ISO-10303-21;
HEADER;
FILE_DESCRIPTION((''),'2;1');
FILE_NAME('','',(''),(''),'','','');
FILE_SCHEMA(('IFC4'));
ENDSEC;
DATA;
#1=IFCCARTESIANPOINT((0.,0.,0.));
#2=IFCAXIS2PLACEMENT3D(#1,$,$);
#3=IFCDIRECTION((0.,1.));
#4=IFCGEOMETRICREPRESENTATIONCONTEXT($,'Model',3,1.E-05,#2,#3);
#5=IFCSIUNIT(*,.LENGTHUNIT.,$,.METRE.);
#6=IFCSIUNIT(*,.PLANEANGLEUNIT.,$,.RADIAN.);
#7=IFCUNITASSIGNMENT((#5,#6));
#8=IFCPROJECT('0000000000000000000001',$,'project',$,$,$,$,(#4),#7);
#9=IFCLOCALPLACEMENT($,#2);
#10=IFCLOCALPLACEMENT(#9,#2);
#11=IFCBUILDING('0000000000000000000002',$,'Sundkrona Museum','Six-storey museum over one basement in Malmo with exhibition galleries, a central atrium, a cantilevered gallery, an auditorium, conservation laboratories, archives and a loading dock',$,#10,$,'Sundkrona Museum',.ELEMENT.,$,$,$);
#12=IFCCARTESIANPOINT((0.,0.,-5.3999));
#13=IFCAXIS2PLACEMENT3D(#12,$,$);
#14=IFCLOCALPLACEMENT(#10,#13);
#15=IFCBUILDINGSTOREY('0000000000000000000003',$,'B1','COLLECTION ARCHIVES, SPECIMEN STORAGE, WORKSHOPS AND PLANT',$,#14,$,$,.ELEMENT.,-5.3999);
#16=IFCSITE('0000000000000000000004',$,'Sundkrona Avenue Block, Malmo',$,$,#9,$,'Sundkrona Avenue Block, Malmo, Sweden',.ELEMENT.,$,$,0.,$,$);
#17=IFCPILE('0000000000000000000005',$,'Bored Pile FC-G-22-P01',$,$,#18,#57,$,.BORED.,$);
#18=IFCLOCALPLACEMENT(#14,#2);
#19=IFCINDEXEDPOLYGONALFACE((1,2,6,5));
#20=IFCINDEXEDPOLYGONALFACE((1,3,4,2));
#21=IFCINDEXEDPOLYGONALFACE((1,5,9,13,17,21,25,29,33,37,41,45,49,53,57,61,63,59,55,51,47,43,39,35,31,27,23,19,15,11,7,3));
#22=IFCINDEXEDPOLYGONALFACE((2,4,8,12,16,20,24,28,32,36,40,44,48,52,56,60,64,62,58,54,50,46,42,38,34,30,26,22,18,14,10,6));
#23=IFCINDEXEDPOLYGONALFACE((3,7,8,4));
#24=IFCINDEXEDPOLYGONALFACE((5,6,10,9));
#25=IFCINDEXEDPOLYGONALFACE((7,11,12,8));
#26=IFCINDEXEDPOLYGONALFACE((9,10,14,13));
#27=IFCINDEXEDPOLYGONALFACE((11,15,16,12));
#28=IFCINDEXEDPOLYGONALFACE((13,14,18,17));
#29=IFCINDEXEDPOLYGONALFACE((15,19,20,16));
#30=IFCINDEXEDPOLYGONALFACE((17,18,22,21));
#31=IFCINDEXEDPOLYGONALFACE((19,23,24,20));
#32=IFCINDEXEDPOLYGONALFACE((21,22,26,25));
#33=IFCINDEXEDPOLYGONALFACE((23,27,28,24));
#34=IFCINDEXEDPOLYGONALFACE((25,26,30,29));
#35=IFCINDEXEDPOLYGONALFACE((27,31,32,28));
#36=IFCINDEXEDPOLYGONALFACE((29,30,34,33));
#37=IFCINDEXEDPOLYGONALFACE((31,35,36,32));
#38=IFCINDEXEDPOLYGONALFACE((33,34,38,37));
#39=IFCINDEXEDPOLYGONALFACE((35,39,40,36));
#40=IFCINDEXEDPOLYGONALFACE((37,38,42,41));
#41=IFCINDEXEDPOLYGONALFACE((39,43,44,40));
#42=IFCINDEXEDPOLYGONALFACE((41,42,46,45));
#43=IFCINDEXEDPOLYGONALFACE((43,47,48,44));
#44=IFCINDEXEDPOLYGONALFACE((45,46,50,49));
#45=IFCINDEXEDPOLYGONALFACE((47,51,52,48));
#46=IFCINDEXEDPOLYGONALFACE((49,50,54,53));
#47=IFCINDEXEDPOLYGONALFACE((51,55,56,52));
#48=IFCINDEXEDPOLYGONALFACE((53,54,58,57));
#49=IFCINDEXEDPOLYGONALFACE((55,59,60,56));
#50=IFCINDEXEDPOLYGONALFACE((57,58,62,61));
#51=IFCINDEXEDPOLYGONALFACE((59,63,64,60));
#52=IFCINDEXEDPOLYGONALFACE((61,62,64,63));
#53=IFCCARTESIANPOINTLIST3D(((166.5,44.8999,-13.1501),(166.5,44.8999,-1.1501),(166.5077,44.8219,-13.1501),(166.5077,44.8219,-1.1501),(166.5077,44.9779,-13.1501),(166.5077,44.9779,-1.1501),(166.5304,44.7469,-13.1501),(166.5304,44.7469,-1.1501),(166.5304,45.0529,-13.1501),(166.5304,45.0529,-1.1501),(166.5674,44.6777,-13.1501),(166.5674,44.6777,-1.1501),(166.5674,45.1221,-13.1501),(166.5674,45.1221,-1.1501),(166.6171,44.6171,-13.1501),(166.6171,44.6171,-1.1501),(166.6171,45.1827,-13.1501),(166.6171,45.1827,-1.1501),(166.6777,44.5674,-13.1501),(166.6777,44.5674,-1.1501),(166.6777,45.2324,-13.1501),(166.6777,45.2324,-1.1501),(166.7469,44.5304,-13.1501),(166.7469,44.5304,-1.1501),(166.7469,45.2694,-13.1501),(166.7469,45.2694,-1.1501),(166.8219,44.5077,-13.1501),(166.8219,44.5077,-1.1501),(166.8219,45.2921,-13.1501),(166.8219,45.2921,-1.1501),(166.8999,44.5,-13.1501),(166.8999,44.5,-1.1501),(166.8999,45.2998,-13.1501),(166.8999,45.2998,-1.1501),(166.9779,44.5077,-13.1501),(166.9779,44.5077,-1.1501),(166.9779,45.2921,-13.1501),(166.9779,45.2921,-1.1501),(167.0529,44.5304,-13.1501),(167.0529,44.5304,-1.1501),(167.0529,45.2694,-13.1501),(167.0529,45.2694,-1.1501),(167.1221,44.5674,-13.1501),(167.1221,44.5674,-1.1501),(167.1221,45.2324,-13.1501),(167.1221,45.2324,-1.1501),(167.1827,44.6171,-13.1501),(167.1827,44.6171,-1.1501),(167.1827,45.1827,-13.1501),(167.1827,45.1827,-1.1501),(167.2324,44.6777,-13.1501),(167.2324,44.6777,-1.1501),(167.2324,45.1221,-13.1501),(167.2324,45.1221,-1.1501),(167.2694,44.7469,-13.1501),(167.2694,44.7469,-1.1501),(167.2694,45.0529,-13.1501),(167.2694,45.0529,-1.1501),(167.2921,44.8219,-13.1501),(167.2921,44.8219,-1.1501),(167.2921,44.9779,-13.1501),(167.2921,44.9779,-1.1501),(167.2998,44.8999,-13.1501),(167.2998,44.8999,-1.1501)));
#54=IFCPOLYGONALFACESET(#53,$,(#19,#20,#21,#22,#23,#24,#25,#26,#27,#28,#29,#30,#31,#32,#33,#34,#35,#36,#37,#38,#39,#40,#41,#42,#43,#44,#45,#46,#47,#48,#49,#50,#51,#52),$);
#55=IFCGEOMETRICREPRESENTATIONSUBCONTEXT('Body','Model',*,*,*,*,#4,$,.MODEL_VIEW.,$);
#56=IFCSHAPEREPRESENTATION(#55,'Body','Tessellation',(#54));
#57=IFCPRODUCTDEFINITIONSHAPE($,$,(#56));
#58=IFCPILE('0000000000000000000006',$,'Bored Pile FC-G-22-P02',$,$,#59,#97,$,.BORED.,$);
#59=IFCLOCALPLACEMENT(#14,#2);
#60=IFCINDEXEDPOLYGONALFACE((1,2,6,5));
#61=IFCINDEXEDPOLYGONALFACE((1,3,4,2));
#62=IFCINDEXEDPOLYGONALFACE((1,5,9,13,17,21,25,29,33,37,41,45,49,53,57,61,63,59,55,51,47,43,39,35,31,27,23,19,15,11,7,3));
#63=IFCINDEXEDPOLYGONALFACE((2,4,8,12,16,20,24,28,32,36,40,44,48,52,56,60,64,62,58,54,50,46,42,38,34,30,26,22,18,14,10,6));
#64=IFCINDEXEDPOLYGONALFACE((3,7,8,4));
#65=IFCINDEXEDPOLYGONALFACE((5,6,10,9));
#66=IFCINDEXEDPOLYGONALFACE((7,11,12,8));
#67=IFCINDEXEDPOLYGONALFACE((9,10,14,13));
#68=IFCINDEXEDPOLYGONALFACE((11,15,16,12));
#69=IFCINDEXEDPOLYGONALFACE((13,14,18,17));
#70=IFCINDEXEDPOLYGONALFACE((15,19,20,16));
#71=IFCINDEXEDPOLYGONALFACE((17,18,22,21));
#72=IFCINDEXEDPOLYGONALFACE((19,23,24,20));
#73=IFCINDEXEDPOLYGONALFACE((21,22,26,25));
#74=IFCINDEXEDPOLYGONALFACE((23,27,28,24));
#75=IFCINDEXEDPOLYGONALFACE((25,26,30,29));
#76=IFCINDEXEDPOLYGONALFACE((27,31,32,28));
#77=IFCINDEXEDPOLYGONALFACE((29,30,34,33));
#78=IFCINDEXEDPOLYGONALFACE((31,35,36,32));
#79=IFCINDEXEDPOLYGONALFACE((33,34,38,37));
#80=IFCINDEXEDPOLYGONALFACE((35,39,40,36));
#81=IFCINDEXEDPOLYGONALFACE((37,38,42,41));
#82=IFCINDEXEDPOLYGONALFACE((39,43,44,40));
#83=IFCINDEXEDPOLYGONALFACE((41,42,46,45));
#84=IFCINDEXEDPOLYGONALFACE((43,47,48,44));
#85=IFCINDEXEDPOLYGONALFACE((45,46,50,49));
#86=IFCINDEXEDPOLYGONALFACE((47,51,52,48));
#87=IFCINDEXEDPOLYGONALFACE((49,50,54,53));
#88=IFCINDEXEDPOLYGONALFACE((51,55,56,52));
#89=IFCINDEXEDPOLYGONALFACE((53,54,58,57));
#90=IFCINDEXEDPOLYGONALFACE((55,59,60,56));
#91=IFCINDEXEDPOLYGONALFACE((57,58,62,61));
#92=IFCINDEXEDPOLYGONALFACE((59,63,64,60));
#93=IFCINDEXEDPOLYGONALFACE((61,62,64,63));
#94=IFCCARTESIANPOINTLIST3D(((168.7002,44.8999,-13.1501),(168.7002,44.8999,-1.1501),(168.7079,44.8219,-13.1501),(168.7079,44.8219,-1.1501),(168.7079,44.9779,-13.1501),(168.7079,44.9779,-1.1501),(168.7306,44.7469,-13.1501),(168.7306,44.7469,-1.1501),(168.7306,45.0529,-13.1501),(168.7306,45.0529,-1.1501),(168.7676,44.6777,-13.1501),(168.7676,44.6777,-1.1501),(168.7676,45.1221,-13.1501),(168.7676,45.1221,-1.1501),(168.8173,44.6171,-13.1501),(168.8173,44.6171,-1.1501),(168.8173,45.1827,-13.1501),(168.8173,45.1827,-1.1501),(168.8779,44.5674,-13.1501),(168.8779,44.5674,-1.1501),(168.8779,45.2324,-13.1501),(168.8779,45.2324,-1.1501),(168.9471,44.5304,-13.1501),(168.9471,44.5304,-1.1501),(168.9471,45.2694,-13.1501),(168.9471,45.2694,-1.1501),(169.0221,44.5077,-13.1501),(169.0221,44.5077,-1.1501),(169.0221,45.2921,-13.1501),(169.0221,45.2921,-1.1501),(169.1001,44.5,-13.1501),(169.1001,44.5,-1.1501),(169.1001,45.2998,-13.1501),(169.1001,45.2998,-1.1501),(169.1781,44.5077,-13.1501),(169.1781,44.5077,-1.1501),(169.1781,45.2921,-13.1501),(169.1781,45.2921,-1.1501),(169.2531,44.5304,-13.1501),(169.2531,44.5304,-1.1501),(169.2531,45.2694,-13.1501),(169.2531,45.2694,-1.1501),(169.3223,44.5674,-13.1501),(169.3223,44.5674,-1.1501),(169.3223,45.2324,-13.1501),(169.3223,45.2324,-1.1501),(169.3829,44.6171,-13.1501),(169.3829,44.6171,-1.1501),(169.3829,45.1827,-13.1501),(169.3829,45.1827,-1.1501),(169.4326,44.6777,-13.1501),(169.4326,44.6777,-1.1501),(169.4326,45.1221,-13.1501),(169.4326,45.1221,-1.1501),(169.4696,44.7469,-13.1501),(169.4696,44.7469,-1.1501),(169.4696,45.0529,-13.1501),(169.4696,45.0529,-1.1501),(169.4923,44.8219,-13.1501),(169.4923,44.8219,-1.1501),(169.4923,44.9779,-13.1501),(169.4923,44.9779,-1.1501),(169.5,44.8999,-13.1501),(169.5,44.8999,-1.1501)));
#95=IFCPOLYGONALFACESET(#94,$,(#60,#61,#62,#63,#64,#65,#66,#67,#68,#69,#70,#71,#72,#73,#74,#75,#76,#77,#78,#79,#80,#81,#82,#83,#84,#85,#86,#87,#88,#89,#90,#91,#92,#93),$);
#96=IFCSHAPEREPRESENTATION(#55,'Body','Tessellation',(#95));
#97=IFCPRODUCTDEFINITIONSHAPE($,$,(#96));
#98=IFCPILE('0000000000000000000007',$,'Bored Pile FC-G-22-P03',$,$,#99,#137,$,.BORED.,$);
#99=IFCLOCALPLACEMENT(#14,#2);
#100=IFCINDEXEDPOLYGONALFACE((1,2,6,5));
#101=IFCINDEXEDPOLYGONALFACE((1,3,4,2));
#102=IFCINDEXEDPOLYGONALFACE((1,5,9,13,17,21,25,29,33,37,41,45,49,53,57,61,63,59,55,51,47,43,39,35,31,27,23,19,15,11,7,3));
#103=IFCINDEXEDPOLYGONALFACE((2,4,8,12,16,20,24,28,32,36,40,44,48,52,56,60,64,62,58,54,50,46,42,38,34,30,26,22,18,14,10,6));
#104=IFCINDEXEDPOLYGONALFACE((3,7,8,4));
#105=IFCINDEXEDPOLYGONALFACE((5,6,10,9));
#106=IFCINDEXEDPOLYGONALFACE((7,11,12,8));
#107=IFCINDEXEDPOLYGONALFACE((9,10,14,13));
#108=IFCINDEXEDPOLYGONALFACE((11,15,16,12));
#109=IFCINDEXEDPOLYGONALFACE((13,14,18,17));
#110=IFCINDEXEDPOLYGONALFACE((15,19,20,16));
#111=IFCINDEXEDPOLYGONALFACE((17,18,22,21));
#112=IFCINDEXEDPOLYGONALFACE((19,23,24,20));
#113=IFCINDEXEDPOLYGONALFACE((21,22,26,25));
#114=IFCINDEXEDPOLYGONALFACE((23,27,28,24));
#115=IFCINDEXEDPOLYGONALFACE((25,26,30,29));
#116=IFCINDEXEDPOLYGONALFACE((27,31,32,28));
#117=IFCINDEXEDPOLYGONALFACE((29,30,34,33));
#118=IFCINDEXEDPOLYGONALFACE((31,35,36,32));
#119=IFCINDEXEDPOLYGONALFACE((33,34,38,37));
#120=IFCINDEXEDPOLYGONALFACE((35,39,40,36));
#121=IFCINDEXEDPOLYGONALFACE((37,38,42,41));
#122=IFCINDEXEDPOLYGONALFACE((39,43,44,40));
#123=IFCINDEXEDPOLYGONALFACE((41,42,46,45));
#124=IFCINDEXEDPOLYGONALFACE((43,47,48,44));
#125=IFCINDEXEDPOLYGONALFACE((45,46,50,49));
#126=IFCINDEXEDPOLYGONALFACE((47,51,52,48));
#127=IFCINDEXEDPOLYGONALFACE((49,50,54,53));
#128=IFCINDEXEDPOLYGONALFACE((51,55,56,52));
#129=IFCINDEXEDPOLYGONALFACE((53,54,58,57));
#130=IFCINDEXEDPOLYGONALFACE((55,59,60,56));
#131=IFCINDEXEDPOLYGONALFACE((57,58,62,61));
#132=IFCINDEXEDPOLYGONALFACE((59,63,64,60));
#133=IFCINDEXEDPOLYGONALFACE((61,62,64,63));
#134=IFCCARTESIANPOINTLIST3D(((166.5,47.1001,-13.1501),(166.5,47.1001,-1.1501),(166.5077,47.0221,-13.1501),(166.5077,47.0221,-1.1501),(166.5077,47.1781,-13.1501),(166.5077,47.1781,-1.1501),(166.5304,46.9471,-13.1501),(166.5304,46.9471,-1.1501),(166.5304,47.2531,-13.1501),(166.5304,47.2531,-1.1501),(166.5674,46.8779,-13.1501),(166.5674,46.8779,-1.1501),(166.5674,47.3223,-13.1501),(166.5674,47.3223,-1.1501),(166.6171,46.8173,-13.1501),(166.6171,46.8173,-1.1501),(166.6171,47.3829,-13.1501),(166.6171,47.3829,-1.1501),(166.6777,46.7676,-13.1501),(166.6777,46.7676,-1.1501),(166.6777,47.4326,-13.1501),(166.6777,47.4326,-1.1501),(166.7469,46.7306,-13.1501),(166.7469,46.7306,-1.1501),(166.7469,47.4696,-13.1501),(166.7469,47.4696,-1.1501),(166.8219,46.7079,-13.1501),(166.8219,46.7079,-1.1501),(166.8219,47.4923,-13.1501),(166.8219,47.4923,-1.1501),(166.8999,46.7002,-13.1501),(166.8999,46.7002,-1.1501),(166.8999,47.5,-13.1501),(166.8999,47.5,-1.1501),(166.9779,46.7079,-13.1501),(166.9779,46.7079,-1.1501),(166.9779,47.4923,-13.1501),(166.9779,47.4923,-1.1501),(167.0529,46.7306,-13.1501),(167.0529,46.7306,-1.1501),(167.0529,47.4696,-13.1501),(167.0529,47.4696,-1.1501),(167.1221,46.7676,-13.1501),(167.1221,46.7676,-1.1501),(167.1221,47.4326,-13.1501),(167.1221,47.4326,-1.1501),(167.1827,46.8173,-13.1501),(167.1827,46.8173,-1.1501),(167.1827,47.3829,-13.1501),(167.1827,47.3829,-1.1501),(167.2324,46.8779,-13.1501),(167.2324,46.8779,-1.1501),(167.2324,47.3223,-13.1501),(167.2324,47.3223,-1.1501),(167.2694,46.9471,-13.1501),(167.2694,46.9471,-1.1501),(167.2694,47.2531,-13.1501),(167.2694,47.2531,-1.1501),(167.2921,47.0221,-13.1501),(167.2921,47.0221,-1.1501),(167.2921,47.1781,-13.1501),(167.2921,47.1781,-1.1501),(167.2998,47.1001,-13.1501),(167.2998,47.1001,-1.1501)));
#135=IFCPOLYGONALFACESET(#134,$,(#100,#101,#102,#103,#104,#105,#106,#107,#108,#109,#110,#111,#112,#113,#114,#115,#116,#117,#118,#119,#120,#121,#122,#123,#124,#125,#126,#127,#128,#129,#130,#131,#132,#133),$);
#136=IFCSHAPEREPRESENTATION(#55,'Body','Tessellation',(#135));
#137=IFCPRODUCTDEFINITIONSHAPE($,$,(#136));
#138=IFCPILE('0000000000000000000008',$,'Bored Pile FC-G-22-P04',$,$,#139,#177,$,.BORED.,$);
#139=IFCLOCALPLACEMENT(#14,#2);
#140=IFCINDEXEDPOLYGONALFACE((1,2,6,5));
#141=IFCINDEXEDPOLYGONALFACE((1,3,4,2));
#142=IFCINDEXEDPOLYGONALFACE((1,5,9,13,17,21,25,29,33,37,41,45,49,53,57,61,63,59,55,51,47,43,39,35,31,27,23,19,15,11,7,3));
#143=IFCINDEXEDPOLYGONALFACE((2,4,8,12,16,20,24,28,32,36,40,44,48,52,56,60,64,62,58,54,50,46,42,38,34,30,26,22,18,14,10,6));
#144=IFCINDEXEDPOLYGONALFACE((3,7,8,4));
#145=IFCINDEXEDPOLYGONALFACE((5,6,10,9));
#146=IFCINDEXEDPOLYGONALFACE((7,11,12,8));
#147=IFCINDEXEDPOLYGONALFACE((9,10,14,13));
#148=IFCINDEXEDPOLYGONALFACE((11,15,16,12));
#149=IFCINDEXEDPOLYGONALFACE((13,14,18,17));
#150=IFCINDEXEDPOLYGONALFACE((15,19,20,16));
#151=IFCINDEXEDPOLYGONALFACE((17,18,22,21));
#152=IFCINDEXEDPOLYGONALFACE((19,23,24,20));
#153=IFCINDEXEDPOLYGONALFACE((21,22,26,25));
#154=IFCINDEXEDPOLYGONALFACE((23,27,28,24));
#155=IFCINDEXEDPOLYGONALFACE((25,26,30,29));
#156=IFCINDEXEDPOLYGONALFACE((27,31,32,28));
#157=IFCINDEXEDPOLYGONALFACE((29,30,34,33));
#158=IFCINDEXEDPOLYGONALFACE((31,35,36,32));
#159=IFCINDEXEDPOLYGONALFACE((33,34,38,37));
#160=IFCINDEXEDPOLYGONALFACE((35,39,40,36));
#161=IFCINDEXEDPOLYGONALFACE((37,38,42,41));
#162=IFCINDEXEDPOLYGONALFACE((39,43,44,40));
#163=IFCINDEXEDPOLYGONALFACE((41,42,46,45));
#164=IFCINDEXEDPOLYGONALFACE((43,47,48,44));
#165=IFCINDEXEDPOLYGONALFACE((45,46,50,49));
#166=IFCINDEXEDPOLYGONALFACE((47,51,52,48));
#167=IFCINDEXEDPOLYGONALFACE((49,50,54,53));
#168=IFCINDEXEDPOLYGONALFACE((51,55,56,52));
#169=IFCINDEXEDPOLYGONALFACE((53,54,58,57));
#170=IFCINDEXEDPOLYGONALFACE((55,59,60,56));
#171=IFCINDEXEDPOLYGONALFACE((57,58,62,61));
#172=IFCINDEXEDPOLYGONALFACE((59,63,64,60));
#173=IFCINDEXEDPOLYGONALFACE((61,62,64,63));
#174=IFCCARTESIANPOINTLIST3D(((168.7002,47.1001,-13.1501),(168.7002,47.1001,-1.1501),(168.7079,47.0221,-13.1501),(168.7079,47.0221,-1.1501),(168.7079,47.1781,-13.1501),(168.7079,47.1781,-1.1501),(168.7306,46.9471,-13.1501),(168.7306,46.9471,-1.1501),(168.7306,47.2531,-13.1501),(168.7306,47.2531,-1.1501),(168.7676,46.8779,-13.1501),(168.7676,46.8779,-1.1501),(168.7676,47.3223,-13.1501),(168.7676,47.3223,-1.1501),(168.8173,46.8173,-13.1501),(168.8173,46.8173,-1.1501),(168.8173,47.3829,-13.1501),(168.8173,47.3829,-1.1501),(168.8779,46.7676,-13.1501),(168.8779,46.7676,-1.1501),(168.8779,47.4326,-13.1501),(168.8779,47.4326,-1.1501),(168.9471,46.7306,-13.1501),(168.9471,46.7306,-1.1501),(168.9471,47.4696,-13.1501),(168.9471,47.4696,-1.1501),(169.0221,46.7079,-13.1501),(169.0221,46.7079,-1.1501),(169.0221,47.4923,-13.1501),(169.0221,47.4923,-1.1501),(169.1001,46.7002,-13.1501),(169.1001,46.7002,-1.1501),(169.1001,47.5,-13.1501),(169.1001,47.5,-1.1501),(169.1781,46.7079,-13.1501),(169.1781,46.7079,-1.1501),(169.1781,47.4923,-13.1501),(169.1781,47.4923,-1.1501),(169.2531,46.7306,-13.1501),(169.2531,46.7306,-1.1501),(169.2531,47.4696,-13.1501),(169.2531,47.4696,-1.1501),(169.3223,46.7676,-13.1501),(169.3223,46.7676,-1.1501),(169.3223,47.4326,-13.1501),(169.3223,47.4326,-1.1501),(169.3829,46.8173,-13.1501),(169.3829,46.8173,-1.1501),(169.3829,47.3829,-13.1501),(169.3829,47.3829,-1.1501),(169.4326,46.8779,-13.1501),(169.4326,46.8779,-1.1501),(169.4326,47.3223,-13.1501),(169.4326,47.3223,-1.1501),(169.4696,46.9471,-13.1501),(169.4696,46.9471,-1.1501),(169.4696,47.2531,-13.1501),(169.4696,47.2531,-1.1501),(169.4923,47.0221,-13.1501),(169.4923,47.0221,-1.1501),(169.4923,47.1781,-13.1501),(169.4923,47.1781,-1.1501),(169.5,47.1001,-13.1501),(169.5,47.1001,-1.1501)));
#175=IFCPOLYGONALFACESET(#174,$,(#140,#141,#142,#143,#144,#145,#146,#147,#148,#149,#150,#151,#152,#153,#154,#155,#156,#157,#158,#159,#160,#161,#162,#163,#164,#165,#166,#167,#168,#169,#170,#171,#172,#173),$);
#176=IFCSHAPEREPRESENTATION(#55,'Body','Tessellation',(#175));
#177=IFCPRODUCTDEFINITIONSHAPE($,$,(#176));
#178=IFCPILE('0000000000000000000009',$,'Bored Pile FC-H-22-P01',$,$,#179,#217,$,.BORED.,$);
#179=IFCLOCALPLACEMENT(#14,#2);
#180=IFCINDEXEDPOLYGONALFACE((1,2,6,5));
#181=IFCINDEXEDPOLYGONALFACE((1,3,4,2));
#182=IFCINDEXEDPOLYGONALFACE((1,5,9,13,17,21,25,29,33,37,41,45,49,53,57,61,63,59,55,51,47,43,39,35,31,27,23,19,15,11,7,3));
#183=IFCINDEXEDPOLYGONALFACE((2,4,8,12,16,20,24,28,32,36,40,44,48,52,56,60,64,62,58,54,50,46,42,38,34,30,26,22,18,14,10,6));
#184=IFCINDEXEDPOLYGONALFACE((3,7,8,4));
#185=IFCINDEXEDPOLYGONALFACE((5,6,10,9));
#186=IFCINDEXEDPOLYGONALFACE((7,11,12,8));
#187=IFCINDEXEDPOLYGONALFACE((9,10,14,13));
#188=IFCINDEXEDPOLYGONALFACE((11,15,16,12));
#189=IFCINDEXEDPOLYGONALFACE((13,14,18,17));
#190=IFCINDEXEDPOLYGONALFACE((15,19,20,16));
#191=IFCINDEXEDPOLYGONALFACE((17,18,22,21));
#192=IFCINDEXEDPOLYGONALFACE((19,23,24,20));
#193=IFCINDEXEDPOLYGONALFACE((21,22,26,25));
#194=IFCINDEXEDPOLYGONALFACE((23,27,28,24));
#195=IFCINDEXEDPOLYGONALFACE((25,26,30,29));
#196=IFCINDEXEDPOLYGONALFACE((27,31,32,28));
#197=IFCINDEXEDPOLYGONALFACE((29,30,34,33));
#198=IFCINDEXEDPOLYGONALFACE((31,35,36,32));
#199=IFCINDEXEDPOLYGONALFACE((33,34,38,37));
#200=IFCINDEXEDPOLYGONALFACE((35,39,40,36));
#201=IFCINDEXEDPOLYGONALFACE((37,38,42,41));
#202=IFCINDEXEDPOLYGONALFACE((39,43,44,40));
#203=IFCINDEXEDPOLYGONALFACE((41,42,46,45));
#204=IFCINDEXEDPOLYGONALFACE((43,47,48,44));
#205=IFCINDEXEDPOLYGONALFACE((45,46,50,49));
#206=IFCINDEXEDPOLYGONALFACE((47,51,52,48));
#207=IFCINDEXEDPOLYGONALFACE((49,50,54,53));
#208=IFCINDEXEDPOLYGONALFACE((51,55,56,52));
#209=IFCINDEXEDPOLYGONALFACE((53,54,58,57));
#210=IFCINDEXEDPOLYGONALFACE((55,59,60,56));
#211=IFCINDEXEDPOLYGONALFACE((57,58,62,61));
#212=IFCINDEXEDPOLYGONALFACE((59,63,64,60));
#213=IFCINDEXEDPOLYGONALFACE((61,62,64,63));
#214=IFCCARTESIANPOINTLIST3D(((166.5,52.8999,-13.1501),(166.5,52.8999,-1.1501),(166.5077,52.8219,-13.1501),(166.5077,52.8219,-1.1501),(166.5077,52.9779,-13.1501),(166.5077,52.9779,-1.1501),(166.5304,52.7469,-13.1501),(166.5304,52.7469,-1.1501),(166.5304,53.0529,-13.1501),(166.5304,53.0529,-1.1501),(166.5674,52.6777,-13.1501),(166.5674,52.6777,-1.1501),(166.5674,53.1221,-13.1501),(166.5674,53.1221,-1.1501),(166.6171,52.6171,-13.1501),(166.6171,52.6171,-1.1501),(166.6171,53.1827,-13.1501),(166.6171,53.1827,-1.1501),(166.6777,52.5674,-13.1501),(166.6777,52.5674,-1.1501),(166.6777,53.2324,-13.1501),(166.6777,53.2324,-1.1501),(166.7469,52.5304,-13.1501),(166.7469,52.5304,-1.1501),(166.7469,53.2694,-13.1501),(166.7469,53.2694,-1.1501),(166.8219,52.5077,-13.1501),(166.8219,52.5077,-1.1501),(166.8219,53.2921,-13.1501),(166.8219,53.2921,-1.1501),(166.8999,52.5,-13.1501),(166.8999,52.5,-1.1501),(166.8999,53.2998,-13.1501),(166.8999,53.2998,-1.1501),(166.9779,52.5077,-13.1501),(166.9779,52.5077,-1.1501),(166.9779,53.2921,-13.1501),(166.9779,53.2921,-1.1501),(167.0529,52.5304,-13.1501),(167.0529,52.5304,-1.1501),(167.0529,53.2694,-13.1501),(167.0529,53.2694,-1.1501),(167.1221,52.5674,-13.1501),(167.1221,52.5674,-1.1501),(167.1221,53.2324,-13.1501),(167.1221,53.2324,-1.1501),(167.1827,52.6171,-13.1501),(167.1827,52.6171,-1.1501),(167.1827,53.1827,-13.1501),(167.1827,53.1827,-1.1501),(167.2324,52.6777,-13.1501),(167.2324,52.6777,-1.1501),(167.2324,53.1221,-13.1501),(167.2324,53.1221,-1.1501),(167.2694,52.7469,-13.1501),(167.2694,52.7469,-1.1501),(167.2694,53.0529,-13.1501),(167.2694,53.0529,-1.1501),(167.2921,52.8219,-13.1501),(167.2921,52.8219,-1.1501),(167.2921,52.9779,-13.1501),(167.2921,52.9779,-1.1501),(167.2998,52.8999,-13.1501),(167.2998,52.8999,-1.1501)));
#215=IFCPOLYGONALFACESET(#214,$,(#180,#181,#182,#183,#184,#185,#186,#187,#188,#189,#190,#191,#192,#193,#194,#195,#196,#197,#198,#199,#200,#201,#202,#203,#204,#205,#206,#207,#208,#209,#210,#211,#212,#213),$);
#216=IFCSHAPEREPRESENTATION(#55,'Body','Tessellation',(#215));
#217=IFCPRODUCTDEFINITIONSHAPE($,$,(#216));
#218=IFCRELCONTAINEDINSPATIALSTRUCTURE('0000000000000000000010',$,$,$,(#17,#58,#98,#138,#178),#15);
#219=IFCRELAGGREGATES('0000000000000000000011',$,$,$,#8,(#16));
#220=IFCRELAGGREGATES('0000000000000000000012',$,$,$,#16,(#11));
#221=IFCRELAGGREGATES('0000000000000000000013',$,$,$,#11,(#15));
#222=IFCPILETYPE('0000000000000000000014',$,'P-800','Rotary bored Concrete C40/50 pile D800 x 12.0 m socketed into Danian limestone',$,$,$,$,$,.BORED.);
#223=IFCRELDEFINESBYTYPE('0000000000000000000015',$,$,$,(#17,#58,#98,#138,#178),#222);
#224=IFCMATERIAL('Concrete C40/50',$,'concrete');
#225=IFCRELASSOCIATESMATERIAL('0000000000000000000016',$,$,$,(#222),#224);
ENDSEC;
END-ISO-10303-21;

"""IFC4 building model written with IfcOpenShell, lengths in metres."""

from ifc_helpers import new_model, si_unit, direction, frame, origin, origin_2d, place, context, subcontext, project, spatial, circle, extrude, material, material_profile, profile_set, type_object, element, save


model = new_model("IFC4")

# Units and contexts
model_context = context("Model", 3, precision=1e-05, world=origin(), true_north=direction((0.0, 1.0)))
body_context = subcontext(model_context, "Body", "Model", "MODEL_VIEW")
ifc_project = project(units=[si_unit("LENGTHUNIT", "METRE"), si_unit("PLANEANGLEUNIT", "RADIAN")], contexts=[model_context])

# Site, building, storey
site_placement = place(None, origin())
site = spatial("IfcSite", under=ifc_project, at=site_placement, Name="Sundkrona Avenue Block, Malmo", LongName="Sundkrona Avenue Block, Malmo, Sweden", CompositionType="ELEMENT", RefElevation=0.0)
building_placement = place(site_placement, origin())
building = spatial("IfcBuilding", under=site, at=building_placement, Name="Sundkrona Museum", Description="Six-storey museum over one basement in Malmo with exhibition galleries, a central atrium, a cantilevered gallery, an auditorium, conservation laboratories, archives and a loading dock", LongName="Sundkrona Museum", CompositionType="ELEMENT")
storey_placement = place(building_placement, frame((0.0, 0.0, -5.3999)))
storey = spatial("IfcBuildingStorey", under=building, at=storey_placement, Name="B1", Description="COLLECTION ARCHIVES, SPECIMEN STORAGE, WORKSHOPS AND PLANT", CompositionType="ELEMENT", Elevation=-5.3999)

# Shared definitions
ifc_material_1 = material(Name="Concrete C40/50", Category="concrete")

# Piles
ifc_material_profile_1 = material_profile(ifc_material_1, circle(Radius=0.3999, at=origin_2d()), Name="PILE D800")
ifc_profile_set_1 = profile_set([ifc_material_profile_1], Name="Concrete C40/50")
pile_type = type_object("IfcPileType", Name="P-800", Description="Rotary bored Concrete C40/50 pile D800 x 12.0 m socketed into Danian limestone", PredefinedType="BORED", material=ifc_profile_set_1)
for number, where, z_axis, x_axis, name in (
    (1, (166.8999, 44.8999, -1.1501), (0.0, 0.0, -1.0), (1.0, 0.0, 0.0), "Bored Pile FC-G-22-P01"),
    (2, (169.1001, 44.8999, -1.1501), (0.0, 0.0, -1.0), (1.0, 0.0, 0.0), "Bored Pile FC-G-22-P02"),
    (3, (166.8999, 47.1001, -1.1501), (0.0, 0.0, -1.0), (1.0, 0.0, 0.0), "Bored Pile FC-G-22-P03"),
    (4, (169.1001, 47.1001, -1.1501), (0.0, 0.0, -1.0), (1.0, 0.0, 0.0), "Bored Pile FC-G-22-P04"),
    (5, (166.8999, 52.8999, -1.1501), (0.0, 0.0, -1.0), (1.0, 0.0, 0.0), "Bored Pile FC-H-22-P01"),
):
    element("IfcPile", number, at=place(storey_placement, frame(where, z_axis=z_axis, x_axis=x_axis)), inside=storey, type_object=pile_type, Name=name, PredefinedType="BORED", context=body_context, shape_type="SweptSolid", body=[
        extrude(circle(Radius=0.3999, at=origin_2d()), origin(), (0.0, 0.0, 1.0), 12.0),
    ])

save(model, "model.ifc")
